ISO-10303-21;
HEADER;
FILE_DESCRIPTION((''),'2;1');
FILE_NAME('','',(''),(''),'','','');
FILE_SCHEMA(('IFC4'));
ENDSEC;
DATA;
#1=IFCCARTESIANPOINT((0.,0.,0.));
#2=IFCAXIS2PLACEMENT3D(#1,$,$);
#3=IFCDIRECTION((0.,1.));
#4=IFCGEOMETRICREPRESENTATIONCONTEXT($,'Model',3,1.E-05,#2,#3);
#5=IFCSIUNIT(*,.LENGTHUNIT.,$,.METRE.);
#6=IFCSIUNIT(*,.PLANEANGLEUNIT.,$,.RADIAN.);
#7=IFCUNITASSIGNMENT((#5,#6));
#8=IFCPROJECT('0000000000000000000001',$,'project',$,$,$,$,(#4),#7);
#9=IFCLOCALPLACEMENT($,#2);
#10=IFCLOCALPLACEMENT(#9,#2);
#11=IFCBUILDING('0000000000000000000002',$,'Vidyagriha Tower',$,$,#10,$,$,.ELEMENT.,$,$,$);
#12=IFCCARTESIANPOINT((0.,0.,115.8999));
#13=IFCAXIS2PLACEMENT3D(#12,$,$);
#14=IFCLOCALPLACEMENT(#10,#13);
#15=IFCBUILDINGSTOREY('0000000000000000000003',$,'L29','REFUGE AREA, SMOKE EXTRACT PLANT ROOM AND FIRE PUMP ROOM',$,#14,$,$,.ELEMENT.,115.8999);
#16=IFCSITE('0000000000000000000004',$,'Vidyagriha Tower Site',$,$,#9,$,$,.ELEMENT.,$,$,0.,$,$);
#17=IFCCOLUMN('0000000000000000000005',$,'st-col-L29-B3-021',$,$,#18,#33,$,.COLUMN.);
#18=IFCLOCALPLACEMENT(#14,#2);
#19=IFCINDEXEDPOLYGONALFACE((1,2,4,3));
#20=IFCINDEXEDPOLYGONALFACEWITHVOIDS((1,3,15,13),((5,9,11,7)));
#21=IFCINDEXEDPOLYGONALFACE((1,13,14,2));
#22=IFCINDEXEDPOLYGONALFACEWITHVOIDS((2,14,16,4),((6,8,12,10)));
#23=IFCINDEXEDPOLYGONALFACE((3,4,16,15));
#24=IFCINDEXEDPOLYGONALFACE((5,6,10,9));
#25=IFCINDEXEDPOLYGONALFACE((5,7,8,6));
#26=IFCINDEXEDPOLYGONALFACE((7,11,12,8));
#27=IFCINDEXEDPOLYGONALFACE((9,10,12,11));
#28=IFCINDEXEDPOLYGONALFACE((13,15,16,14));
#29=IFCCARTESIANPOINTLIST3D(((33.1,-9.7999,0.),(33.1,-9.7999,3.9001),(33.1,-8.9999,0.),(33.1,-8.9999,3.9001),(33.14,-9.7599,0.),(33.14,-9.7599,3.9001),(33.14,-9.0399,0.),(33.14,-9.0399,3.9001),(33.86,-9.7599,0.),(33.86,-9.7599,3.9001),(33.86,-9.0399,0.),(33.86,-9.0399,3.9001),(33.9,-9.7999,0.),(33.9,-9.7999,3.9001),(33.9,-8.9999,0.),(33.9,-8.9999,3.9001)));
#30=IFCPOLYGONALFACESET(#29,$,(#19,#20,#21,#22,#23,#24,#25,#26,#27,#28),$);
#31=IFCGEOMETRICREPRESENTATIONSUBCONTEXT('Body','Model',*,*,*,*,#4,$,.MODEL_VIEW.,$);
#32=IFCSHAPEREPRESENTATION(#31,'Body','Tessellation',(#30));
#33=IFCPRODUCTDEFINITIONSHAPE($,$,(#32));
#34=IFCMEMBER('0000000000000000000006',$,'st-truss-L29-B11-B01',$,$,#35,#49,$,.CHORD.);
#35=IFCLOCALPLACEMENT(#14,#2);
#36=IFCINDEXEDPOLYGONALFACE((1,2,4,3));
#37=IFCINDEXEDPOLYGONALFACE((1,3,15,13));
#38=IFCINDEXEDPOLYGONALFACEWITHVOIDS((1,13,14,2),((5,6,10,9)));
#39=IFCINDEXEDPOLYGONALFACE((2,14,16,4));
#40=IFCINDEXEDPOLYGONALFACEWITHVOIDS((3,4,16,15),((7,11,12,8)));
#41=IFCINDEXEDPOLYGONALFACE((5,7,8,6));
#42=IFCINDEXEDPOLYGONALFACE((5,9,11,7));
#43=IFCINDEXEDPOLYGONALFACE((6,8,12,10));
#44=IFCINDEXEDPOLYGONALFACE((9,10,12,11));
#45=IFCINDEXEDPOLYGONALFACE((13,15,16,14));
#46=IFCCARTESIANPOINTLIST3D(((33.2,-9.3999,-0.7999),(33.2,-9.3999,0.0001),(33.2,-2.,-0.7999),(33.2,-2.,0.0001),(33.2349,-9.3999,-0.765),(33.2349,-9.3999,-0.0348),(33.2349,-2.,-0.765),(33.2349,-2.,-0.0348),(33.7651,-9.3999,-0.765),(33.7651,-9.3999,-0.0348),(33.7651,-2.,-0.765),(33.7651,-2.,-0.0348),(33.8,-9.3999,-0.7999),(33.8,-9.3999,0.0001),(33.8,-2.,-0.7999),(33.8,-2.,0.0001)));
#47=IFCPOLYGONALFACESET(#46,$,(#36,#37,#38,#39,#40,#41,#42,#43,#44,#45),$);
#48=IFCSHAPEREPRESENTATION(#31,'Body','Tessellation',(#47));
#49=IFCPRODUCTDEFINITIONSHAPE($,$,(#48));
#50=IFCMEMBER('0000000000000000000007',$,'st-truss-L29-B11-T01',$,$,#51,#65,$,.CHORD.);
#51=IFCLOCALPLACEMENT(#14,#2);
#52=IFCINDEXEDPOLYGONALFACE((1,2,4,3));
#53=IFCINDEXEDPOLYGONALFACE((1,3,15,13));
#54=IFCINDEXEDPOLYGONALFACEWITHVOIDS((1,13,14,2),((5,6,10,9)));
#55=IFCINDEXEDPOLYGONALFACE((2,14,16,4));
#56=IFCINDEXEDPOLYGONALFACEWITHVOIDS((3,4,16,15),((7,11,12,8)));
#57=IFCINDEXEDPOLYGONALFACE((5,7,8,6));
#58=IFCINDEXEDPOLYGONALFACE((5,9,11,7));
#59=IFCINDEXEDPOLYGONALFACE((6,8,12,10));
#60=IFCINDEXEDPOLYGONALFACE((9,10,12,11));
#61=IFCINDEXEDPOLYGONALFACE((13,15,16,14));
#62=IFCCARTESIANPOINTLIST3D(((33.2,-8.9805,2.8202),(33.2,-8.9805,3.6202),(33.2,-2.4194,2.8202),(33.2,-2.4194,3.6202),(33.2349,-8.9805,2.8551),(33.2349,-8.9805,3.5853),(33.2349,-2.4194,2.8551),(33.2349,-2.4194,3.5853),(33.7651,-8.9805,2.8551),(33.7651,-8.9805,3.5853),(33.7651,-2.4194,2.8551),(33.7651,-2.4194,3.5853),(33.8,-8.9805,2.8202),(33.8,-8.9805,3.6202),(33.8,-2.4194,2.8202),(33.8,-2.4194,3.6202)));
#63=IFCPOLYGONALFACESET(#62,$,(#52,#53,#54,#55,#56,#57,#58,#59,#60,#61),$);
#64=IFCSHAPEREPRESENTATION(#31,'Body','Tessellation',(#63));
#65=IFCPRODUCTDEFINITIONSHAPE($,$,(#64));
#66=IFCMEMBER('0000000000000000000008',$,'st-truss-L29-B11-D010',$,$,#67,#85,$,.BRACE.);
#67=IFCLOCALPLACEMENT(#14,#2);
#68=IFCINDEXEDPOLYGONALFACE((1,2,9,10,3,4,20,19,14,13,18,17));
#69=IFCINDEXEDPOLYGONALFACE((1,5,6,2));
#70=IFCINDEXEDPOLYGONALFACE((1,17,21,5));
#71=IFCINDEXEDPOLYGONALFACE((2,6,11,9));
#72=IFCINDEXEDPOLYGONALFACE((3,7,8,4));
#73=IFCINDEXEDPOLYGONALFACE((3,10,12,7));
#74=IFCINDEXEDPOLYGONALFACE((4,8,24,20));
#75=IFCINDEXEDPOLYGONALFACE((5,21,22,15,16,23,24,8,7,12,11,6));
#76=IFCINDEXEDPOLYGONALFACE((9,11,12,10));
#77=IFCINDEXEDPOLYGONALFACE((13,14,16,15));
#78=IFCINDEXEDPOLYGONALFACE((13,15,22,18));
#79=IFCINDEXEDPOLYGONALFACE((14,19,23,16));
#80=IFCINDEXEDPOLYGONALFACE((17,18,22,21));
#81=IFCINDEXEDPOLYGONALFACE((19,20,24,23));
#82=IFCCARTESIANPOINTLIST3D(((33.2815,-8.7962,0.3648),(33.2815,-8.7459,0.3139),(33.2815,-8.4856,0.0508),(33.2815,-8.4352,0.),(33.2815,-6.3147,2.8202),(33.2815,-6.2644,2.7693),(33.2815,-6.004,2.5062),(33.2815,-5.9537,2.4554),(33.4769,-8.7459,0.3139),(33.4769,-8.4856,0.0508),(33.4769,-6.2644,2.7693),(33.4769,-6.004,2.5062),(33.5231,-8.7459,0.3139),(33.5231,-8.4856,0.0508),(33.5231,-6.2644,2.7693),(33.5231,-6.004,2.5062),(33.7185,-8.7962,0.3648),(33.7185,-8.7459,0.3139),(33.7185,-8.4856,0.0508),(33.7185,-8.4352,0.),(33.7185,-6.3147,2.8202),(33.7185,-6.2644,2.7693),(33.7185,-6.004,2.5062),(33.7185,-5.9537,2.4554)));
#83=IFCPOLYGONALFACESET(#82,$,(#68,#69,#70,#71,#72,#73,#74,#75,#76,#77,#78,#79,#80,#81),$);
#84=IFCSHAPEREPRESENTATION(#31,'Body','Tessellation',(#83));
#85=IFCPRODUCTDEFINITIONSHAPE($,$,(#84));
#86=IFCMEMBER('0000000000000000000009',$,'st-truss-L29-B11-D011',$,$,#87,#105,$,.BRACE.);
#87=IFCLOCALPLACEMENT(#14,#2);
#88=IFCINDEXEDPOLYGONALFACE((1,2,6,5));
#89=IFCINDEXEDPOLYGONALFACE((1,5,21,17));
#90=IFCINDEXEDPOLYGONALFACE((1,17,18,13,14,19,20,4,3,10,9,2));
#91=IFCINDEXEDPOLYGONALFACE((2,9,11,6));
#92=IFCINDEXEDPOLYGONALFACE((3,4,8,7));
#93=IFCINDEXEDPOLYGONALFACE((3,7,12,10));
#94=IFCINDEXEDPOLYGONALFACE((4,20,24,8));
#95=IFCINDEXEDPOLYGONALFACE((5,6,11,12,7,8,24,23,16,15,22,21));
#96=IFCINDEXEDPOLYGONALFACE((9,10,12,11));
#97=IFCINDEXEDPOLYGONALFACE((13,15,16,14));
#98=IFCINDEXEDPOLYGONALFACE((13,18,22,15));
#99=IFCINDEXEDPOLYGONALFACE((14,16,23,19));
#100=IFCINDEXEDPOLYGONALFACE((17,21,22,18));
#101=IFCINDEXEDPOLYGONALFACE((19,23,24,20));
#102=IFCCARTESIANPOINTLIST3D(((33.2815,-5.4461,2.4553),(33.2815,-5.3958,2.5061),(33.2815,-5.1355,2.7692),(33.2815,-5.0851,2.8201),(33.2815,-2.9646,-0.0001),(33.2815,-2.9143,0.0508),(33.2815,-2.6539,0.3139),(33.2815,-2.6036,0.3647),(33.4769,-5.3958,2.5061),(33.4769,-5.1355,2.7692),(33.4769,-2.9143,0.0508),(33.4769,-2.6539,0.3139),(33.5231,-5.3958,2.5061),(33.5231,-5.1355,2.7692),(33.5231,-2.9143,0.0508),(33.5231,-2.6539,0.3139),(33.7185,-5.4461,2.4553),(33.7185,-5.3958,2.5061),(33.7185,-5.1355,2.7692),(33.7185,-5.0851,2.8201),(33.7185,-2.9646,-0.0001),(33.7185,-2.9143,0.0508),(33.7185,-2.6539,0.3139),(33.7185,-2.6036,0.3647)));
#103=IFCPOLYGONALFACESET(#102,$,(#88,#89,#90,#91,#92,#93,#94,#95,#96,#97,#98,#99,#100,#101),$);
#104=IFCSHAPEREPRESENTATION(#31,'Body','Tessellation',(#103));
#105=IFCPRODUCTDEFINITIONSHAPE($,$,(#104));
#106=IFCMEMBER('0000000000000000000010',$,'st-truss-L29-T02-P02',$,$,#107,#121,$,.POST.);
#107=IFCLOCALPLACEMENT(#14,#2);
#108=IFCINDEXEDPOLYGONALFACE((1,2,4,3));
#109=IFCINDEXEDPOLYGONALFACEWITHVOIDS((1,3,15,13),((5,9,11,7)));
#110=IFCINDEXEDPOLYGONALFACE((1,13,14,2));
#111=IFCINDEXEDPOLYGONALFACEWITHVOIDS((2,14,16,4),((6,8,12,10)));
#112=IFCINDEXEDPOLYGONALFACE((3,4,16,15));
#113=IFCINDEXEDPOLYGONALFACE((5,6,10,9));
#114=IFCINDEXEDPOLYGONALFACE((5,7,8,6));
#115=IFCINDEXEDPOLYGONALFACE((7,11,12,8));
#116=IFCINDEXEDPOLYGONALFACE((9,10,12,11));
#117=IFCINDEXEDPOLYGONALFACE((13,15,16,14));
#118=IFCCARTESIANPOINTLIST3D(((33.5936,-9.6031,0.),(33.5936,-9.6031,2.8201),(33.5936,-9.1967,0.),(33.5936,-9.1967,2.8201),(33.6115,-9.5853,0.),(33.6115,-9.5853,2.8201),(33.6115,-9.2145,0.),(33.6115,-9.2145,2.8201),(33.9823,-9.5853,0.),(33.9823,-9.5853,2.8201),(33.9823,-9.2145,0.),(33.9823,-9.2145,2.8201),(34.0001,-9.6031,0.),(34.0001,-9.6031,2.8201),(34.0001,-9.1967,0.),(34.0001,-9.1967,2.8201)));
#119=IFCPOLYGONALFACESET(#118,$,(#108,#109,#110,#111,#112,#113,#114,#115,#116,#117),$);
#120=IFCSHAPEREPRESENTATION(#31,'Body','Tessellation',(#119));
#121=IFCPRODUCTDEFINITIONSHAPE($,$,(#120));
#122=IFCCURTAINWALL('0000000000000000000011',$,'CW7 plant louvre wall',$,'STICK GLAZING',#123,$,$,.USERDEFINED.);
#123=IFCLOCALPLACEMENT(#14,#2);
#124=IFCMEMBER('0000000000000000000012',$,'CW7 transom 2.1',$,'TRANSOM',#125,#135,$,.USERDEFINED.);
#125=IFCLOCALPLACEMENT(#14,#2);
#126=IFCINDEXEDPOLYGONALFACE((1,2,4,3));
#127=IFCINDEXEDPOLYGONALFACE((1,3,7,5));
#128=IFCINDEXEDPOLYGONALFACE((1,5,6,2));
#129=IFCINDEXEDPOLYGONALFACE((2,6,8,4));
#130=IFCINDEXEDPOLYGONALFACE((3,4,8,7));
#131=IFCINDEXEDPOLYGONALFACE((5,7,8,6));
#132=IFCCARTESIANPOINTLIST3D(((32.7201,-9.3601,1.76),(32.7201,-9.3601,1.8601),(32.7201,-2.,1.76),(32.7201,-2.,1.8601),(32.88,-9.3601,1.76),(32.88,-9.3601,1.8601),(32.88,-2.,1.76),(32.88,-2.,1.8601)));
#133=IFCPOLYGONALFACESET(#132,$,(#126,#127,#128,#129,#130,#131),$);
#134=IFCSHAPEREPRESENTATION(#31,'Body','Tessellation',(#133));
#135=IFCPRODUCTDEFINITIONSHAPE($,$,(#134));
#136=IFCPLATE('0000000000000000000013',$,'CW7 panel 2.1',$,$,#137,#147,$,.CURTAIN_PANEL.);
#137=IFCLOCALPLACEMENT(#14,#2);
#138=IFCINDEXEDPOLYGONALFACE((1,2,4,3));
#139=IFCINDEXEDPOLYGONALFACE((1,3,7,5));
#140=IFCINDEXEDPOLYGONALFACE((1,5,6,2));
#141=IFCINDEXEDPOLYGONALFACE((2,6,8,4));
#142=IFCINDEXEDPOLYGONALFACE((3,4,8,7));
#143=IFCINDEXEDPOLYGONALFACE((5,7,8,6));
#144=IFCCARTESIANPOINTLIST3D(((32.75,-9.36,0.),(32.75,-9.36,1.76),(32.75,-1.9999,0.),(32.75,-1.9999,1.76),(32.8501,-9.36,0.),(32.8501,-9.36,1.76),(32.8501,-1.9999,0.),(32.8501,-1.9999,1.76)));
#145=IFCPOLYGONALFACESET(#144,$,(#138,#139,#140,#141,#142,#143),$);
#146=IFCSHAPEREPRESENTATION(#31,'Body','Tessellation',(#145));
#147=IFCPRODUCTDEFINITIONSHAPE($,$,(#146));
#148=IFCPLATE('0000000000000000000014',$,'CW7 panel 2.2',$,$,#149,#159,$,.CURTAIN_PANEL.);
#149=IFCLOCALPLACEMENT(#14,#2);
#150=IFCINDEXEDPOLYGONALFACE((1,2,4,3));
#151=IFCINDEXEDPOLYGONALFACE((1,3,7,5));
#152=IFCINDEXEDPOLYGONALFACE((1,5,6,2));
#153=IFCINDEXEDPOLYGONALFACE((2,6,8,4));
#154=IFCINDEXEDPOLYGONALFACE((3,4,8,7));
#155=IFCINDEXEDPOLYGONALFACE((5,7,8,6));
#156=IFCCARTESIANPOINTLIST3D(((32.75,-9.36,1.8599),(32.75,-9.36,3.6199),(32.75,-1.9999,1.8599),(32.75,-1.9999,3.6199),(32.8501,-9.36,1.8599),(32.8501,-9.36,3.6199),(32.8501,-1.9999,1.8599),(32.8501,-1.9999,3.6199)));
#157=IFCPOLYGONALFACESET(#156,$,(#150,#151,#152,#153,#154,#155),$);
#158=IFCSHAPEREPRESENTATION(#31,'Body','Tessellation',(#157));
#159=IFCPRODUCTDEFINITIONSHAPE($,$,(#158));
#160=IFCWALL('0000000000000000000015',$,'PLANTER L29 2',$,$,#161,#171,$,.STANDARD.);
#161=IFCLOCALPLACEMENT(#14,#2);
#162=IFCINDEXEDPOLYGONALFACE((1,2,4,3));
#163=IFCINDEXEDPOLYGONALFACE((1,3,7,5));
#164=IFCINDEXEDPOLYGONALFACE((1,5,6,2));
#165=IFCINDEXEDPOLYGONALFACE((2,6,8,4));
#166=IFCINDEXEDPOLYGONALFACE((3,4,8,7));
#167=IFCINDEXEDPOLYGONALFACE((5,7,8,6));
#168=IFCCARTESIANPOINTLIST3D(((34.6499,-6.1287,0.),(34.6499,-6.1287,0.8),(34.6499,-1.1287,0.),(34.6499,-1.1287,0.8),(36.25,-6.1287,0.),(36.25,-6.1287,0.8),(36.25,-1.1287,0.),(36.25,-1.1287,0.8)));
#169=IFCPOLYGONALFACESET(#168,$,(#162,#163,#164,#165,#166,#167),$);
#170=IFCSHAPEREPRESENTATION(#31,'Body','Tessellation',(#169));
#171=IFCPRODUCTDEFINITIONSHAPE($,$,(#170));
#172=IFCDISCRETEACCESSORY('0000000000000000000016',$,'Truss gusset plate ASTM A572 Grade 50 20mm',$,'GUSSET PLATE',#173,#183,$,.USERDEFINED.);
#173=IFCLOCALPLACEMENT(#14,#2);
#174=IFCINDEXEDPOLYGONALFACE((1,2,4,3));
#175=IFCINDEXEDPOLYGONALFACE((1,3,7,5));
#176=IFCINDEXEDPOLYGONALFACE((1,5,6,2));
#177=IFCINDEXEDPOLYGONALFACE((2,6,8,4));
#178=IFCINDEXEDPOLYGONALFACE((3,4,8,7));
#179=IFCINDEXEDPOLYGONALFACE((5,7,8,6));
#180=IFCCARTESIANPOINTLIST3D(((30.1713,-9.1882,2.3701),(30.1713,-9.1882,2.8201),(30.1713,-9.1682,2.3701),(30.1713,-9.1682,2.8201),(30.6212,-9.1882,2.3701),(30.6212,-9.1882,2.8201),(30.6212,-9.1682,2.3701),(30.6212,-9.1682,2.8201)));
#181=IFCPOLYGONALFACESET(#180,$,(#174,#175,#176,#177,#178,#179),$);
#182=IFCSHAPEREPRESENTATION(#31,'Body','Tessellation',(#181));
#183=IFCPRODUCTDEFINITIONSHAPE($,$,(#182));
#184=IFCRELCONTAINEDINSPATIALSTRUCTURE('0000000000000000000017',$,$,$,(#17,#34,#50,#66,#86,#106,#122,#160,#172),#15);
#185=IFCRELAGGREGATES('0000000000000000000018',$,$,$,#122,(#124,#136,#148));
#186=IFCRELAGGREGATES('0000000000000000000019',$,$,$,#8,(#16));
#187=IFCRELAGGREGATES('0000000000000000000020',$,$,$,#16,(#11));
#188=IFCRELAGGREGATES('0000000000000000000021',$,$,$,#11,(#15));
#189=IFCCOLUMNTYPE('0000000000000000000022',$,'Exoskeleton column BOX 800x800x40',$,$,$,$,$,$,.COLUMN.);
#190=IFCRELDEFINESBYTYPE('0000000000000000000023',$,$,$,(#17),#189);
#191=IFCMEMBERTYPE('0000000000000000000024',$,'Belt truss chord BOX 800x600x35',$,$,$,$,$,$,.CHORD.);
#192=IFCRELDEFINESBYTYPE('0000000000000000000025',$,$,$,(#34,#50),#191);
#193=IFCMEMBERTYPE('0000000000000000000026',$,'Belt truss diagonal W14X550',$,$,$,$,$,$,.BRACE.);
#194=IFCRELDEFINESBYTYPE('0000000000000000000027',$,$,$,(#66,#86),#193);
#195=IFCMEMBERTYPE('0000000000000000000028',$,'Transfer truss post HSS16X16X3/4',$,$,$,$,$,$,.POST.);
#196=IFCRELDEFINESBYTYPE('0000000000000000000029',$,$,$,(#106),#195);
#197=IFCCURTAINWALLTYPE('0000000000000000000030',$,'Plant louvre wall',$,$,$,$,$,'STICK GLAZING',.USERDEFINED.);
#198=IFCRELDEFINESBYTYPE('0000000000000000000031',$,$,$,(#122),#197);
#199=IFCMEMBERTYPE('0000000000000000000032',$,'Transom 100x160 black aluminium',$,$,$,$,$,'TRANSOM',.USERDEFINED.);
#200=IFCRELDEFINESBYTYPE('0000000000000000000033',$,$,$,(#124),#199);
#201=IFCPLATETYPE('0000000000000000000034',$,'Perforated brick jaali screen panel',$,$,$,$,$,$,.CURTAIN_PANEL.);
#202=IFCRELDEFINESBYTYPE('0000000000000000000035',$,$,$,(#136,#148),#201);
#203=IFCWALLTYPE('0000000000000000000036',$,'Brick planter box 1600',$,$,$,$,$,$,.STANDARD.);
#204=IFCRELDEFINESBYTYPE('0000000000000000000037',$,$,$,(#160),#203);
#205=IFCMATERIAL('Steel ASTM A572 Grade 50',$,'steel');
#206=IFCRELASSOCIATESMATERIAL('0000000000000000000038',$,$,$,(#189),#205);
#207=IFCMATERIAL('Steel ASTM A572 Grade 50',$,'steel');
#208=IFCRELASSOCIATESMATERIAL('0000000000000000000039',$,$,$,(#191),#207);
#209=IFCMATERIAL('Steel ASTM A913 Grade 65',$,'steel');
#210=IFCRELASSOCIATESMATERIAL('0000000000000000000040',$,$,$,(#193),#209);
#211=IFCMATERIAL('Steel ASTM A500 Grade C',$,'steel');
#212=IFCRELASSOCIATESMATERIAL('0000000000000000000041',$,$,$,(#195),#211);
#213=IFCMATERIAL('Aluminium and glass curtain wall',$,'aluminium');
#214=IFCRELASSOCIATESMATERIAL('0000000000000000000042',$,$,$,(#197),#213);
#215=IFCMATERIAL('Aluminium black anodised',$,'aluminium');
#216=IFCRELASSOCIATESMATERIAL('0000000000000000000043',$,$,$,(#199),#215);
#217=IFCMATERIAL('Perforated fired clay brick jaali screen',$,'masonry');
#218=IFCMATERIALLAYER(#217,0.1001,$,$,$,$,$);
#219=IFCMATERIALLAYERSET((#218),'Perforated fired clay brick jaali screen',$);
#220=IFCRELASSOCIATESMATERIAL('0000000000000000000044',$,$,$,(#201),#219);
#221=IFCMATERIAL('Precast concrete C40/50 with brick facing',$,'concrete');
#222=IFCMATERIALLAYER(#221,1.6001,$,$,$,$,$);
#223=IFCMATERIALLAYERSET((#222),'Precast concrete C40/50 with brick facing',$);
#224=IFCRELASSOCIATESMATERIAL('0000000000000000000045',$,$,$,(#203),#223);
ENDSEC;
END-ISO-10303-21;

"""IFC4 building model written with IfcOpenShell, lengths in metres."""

from ifc_helpers import new_model, si_unit, direction, frame, frame_2d, origin, origin_2d, place, context, subcontext, project, spatial, rectangle, hollow_rectangle, i_section, extrude, material, layer, layer_set, material_profile, profile_set, type_object, element, aggregate, save


model = new_model("IFC4")

# Units and contexts
model_context = context("Model", 3, precision=1e-05, world=origin(), true_north=direction((0.0, 1.0)))
body_context = subcontext(model_context, "Body", "Model", "MODEL_VIEW")
ifc_project = project(units=[si_unit("LENGTHUNIT", "METRE"), si_unit("PLANEANGLEUNIT", "RADIAN")], contexts=[model_context])

# Site, building, storey
site_placement = place(None, origin())
site = spatial("IfcSite", under=ifc_project, at=site_placement, Name="Vidyagriha Tower Site", CompositionType="ELEMENT", RefElevation=0.0)
building_placement = place(site_placement, origin())
building = spatial("IfcBuilding", under=site, at=building_placement, Name="Vidyagriha Tower", CompositionType="ELEMENT")
storey_placement = place(building_placement, frame((0.0, 0.0, 115.8999)))
storey = spatial("IfcBuildingStorey", under=building, at=storey_placement, Name="L29", Description="REFUGE AREA, SMOKE EXTRACT PLANT ROOM AND FIRE PUMP ROOM", CompositionType="ELEMENT", Elevation=115.8999)

# Column
ifc_material_1 = material(Name="Steel ASTM A572 Grade 50", Category="steel")
ifc_material_profile_1 = material_profile(ifc_material_1, hollow_rectangle(XDim=0.8, YDim=0.8, WallThickness=0.04, at=origin_2d()), Name="BOX 800x800x40")
ifc_profile_set_1 = profile_set([ifc_material_profile_1], Name="Steel ASTM A572 Grade 50")
column_type = type_object("IfcColumnType", Name="Exoskeleton column BOX 800x800x40", PredefinedType="COLUMN", material=ifc_profile_set_1)
column_placement = place(storey_placement, frame((33.5, -9.3999, 0.0)))
element("IfcColumn", 1, at=column_placement, inside=storey, type_object=column_type, Name="st-col-L29-B3-021", PredefinedType="COLUMN", context=body_context, shape_type="SweptSolid", body=[
    extrude(hollow_rectangle(XDim=0.8, YDim=0.8, WallThickness=0.04, at=origin_2d()), origin(), (0.0, 0.0, 1.0), 3.9001),
])

# Members
ifc_material_2 = material(Name="Steel ASTM A572 Grade 50", Category="steel")
ifc_material_profile_2 = material_profile(ifc_material_2, hollow_rectangle(XDim=0.6001, YDim=0.8, WallThickness=0.0349, at=origin_2d()), Name="BOX 800x600x35")
ifc_profile_set_2 = profile_set([ifc_material_profile_2], Name="Steel ASTM A572 Grade 50")
member_type_1 = type_object("IfcMemberType", Name="Belt truss chord BOX 800x600x35", PredefinedType="CHORD", material=ifc_profile_set_2)
member_1_placement = place(storey_placement, frame((33.5, -9.3999, -0.3999), z_axis=(0.0, 1.0, 0.0), x_axis=(-1.0, 0.0, 0.0)))
element("IfcMember", 2, at=member_1_placement, inside=storey, type_object=member_type_1, Name="st-truss-L29-B11-B01", PredefinedType="CHORD", context=body_context, shape_type="SweptSolid", body=[
    extrude(hollow_rectangle(XDim=0.6001, YDim=0.8, WallThickness=0.0349, at=origin_2d()), origin(), (0.0, 0.0, 1.0), 7.3999),
])
member_2_placement = place(storey_placement, frame((33.5, -8.9805, 3.2202), z_axis=(0.0, 1.0, 0.0), x_axis=(-1.0, 0.0, 0.0)))
element("IfcMember", 3, at=member_2_placement, inside=storey, type_object=member_type_1, Name="st-truss-L29-B11-T01", PredefinedType="CHORD", context=body_context, shape_type="SweptSolid", body=[
    extrude(hollow_rectangle(XDim=0.6001, YDim=0.8, WallThickness=0.0349, at=origin_2d()), origin(), (0.0, 0.0, 1.0), 6.561),
])
ifc_material_3 = material(Name="Steel ASTM A913 Grade 65", Category="steel")
ifc_material_profile_3 = material_profile(ifc_material_3, i_section(OverallWidth=0.437, OverallDepth=0.5132, WebThickness=0.0461, FlangeThickness=0.0715, at=origin_2d()), Name="W14X550")
ifc_profile_set_3 = profile_set([ifc_material_profile_3], Name="Steel ASTM A913 Grade 65")
member_type_2 = type_object("IfcMemberType", Name="Belt truss diagonal W14X550", PredefinedType="BRACE", material=ifc_profile_set_3)
for number, where, z_axis, x_axis, name in (
    (4, (33.5, -8.6157, 0.1824), (0.0, 0.710839, 0.703355), (-1.0, 0.0, 0.0), "st-truss-L29-B11-D010"),
    (5, (33.5, -5.2656, 2.6377), (0.0, 0.710839, -0.703355), (-1.0, 0.0, 0.0), "st-truss-L29-B11-D011"),
):
    element("IfcMember", number, at=place(storey_placement, frame(where, z_axis=z_axis, x_axis=x_axis)), inside=storey, type_object=member_type_2, Name=name, PredefinedType="BRACE", context=body_context, shape_type="SweptSolid", body=[
        extrude(i_section(OverallWidth=0.437, OverallDepth=0.5132, WebThickness=0.0461, FlangeThickness=0.0715, at=origin_2d()), origin(), (0.0, 0.0, 1.0), 3.491),
    ])
ifc_material_4 = material(Name="Steel ASTM A500 Grade C", Category="steel")
ifc_material_profile_4 = material_profile(ifc_material_4, hollow_rectangle(XDim=0.4065, YDim=0.4065, WallThickness=0.0178, at=origin_2d()), Name="HSS16X16X3/4")
ifc_profile_set_4 = profile_set([ifc_material_profile_4], Name="Steel ASTM A500 Grade C")
member_type_3 = type_object("IfcMemberType", Name="Transfer truss post HSS16X16X3/4", PredefinedType="POST", material=ifc_profile_set_4)
member_3_placement = place(storey_placement, frame((33.7969, -9.3999, 0.0)))
element("IfcMember", 6, at=member_3_placement, inside=storey, type_object=member_type_3, Name="st-truss-L29-T02-P02", PredefinedType="POST", context=body_context, shape_type="SweptSolid", body=[
    extrude(hollow_rectangle(XDim=0.4065, YDim=0.4065, WallThickness=0.0178, at=origin_2d()), origin(), (0.0, 0.0, 1.0), 2.8201),
])

# Curtain wall, member, plates
ifc_material_5 = material(Name="Aluminium and glass curtain wall", Category="aluminium")
curtain_wall_type = type_object("IfcCurtainWallType", Name="Plant louvre wall", ElementType="STICK GLAZING", PredefinedType="USERDEFINED", material=ifc_material_5)
curtain_wall_placement = place(storey_placement, origin())
curtain_wall = element("IfcCurtainWall", 7, at=curtain_wall_placement, inside=storey, type_object=curtain_wall_type, Name="CW7 plant louvre wall", ObjectType="STICK GLAZING", PredefinedType="USERDEFINED")
ifc_material_6 = material(Name="Aluminium black anodised", Category="aluminium")
ifc_material_profile_5 = material_profile(ifc_material_6, rectangle(XDim=0.1599, YDim=0.1001, at=origin_2d()), Name="Transom 100x160 black aluminium")
ifc_profile_set_5 = profile_set([ifc_material_profile_5], Name="Aluminium black anodised")
member_type_4 = type_object("IfcMemberType", Name="Transom 100x160 black aluminium", ElementType="TRANSOM", PredefinedType="USERDEFINED", material=ifc_profile_set_5)
member_4_placement = place(storey_placement, frame((32.8, -9.3601, 1.8101), z_axis=(0.0, 1.0, 0.0), x_axis=(-1.0, 0.0, 0.0)))
member_4 = element("IfcMember", 8, at=member_4_placement, type_object=member_type_4, Name="CW7 transom 2.1", ObjectType="TRANSOM", PredefinedType="USERDEFINED", context=body_context, shape_type="SweptSolid", body=[
    extrude(rectangle(XDim=0.1599, YDim=0.1001, at=origin_2d()), origin(), (0.0, 0.0, 1.0), 7.3601),
])
ifc_material_7 = material(Name="Perforated fired clay brick jaali screen", Category="masonry")
ifc_layer_1 = layer(ifc_material_7, 0.1001)
ifc_layer_set_1 = layer_set([ifc_layer_1], Name="Perforated fired clay brick jaali screen")
plate_type = type_object("IfcPlateType", Name="Perforated brick jaali screen panel", PredefinedType="CURTAIN_PANEL", material=ifc_layer_set_1)
plate_1_placement = place(storey_placement, frame((32.8, -5.6799, 0.0), z_axis=(0.0, 0.0, 1.0), x_axis=(0.0, 1.0, 0.0)))
plate_1 = element("IfcPlate", 9, at=plate_1_placement, type_object=plate_type, Name="CW7 panel 2.1", PredefinedType="CURTAIN_PANEL", context=body_context, shape_type="SweptSolid", body=[
    extrude(rectangle(XDim=7.3601, YDim=0.1001, at=origin_2d()), origin(), (0.0, 0.0, 1.0), 1.76),
])
plate_2_placement = place(storey_placement, frame((32.8, -5.6799, 1.8599), z_axis=(0.0, 0.0, 1.0), x_axis=(0.0, 1.0, 0.0)))
plate_2 = element("IfcPlate", 10, at=plate_2_placement, type_object=plate_type, Name="CW7 panel 2.2", PredefinedType="CURTAIN_PANEL", context=body_context, shape_type="SweptSolid", body=[
    extrude(rectangle(XDim=7.3601, YDim=0.1001, at=origin_2d()), origin(), (0.0, 0.0, 1.0), 1.76),
])
aggregate(curtain_wall, [member_4, plate_1, plate_2])

# Wall
ifc_material_8 = material(Name="Precast concrete C40/50 with brick facing", Category="concrete")
ifc_layer_2 = layer(ifc_material_8, 1.6001)
ifc_layer_set_2 = layer_set([ifc_layer_2], Name="Precast concrete C40/50 with brick facing")
wall_type = type_object("IfcWallType", Name="Brick planter box 1600", PredefinedType="STANDARD", material=ifc_layer_set_2)
wall_placement = place(storey_placement, frame((35.45, -6.1287, 0.0), z_axis=(0.0, 0.0, 1.0), x_axis=(0.0, 1.0, 0.0)))
element("IfcWall", 11, at=wall_placement, inside=storey, type_object=wall_type, Name="PLANTER L29 2", PredefinedType="STANDARD", context=body_context, shape_type="SweptSolid", body=[
    extrude(rectangle(XDim=5.0, YDim=1.6001, at=frame_2d((2.5, 0.0))), origin(), (0.0, 0.0, 1.0), 0.8),
])

# Discrete accessory
for number, where, name in (
    (12, (30.3962, -9.1782, 2.3701), "Truss gusset plate ASTM A572 Grade 50 20mm"),
):
    element("IfcDiscreteAccessory", number, at=place(storey_placement, frame(where)), inside=storey, Name=name, ObjectType="GUSSET PLATE", PredefinedType="USERDEFINED", context=body_context, shape_type="SweptSolid", body=[
        extrude(rectangle(XDim=0.45, YDim=0.02, at=origin_2d()), origin(), (0.0, 0.0, 1.0), 0.45),
    ])

save(model, "model.ifc")
